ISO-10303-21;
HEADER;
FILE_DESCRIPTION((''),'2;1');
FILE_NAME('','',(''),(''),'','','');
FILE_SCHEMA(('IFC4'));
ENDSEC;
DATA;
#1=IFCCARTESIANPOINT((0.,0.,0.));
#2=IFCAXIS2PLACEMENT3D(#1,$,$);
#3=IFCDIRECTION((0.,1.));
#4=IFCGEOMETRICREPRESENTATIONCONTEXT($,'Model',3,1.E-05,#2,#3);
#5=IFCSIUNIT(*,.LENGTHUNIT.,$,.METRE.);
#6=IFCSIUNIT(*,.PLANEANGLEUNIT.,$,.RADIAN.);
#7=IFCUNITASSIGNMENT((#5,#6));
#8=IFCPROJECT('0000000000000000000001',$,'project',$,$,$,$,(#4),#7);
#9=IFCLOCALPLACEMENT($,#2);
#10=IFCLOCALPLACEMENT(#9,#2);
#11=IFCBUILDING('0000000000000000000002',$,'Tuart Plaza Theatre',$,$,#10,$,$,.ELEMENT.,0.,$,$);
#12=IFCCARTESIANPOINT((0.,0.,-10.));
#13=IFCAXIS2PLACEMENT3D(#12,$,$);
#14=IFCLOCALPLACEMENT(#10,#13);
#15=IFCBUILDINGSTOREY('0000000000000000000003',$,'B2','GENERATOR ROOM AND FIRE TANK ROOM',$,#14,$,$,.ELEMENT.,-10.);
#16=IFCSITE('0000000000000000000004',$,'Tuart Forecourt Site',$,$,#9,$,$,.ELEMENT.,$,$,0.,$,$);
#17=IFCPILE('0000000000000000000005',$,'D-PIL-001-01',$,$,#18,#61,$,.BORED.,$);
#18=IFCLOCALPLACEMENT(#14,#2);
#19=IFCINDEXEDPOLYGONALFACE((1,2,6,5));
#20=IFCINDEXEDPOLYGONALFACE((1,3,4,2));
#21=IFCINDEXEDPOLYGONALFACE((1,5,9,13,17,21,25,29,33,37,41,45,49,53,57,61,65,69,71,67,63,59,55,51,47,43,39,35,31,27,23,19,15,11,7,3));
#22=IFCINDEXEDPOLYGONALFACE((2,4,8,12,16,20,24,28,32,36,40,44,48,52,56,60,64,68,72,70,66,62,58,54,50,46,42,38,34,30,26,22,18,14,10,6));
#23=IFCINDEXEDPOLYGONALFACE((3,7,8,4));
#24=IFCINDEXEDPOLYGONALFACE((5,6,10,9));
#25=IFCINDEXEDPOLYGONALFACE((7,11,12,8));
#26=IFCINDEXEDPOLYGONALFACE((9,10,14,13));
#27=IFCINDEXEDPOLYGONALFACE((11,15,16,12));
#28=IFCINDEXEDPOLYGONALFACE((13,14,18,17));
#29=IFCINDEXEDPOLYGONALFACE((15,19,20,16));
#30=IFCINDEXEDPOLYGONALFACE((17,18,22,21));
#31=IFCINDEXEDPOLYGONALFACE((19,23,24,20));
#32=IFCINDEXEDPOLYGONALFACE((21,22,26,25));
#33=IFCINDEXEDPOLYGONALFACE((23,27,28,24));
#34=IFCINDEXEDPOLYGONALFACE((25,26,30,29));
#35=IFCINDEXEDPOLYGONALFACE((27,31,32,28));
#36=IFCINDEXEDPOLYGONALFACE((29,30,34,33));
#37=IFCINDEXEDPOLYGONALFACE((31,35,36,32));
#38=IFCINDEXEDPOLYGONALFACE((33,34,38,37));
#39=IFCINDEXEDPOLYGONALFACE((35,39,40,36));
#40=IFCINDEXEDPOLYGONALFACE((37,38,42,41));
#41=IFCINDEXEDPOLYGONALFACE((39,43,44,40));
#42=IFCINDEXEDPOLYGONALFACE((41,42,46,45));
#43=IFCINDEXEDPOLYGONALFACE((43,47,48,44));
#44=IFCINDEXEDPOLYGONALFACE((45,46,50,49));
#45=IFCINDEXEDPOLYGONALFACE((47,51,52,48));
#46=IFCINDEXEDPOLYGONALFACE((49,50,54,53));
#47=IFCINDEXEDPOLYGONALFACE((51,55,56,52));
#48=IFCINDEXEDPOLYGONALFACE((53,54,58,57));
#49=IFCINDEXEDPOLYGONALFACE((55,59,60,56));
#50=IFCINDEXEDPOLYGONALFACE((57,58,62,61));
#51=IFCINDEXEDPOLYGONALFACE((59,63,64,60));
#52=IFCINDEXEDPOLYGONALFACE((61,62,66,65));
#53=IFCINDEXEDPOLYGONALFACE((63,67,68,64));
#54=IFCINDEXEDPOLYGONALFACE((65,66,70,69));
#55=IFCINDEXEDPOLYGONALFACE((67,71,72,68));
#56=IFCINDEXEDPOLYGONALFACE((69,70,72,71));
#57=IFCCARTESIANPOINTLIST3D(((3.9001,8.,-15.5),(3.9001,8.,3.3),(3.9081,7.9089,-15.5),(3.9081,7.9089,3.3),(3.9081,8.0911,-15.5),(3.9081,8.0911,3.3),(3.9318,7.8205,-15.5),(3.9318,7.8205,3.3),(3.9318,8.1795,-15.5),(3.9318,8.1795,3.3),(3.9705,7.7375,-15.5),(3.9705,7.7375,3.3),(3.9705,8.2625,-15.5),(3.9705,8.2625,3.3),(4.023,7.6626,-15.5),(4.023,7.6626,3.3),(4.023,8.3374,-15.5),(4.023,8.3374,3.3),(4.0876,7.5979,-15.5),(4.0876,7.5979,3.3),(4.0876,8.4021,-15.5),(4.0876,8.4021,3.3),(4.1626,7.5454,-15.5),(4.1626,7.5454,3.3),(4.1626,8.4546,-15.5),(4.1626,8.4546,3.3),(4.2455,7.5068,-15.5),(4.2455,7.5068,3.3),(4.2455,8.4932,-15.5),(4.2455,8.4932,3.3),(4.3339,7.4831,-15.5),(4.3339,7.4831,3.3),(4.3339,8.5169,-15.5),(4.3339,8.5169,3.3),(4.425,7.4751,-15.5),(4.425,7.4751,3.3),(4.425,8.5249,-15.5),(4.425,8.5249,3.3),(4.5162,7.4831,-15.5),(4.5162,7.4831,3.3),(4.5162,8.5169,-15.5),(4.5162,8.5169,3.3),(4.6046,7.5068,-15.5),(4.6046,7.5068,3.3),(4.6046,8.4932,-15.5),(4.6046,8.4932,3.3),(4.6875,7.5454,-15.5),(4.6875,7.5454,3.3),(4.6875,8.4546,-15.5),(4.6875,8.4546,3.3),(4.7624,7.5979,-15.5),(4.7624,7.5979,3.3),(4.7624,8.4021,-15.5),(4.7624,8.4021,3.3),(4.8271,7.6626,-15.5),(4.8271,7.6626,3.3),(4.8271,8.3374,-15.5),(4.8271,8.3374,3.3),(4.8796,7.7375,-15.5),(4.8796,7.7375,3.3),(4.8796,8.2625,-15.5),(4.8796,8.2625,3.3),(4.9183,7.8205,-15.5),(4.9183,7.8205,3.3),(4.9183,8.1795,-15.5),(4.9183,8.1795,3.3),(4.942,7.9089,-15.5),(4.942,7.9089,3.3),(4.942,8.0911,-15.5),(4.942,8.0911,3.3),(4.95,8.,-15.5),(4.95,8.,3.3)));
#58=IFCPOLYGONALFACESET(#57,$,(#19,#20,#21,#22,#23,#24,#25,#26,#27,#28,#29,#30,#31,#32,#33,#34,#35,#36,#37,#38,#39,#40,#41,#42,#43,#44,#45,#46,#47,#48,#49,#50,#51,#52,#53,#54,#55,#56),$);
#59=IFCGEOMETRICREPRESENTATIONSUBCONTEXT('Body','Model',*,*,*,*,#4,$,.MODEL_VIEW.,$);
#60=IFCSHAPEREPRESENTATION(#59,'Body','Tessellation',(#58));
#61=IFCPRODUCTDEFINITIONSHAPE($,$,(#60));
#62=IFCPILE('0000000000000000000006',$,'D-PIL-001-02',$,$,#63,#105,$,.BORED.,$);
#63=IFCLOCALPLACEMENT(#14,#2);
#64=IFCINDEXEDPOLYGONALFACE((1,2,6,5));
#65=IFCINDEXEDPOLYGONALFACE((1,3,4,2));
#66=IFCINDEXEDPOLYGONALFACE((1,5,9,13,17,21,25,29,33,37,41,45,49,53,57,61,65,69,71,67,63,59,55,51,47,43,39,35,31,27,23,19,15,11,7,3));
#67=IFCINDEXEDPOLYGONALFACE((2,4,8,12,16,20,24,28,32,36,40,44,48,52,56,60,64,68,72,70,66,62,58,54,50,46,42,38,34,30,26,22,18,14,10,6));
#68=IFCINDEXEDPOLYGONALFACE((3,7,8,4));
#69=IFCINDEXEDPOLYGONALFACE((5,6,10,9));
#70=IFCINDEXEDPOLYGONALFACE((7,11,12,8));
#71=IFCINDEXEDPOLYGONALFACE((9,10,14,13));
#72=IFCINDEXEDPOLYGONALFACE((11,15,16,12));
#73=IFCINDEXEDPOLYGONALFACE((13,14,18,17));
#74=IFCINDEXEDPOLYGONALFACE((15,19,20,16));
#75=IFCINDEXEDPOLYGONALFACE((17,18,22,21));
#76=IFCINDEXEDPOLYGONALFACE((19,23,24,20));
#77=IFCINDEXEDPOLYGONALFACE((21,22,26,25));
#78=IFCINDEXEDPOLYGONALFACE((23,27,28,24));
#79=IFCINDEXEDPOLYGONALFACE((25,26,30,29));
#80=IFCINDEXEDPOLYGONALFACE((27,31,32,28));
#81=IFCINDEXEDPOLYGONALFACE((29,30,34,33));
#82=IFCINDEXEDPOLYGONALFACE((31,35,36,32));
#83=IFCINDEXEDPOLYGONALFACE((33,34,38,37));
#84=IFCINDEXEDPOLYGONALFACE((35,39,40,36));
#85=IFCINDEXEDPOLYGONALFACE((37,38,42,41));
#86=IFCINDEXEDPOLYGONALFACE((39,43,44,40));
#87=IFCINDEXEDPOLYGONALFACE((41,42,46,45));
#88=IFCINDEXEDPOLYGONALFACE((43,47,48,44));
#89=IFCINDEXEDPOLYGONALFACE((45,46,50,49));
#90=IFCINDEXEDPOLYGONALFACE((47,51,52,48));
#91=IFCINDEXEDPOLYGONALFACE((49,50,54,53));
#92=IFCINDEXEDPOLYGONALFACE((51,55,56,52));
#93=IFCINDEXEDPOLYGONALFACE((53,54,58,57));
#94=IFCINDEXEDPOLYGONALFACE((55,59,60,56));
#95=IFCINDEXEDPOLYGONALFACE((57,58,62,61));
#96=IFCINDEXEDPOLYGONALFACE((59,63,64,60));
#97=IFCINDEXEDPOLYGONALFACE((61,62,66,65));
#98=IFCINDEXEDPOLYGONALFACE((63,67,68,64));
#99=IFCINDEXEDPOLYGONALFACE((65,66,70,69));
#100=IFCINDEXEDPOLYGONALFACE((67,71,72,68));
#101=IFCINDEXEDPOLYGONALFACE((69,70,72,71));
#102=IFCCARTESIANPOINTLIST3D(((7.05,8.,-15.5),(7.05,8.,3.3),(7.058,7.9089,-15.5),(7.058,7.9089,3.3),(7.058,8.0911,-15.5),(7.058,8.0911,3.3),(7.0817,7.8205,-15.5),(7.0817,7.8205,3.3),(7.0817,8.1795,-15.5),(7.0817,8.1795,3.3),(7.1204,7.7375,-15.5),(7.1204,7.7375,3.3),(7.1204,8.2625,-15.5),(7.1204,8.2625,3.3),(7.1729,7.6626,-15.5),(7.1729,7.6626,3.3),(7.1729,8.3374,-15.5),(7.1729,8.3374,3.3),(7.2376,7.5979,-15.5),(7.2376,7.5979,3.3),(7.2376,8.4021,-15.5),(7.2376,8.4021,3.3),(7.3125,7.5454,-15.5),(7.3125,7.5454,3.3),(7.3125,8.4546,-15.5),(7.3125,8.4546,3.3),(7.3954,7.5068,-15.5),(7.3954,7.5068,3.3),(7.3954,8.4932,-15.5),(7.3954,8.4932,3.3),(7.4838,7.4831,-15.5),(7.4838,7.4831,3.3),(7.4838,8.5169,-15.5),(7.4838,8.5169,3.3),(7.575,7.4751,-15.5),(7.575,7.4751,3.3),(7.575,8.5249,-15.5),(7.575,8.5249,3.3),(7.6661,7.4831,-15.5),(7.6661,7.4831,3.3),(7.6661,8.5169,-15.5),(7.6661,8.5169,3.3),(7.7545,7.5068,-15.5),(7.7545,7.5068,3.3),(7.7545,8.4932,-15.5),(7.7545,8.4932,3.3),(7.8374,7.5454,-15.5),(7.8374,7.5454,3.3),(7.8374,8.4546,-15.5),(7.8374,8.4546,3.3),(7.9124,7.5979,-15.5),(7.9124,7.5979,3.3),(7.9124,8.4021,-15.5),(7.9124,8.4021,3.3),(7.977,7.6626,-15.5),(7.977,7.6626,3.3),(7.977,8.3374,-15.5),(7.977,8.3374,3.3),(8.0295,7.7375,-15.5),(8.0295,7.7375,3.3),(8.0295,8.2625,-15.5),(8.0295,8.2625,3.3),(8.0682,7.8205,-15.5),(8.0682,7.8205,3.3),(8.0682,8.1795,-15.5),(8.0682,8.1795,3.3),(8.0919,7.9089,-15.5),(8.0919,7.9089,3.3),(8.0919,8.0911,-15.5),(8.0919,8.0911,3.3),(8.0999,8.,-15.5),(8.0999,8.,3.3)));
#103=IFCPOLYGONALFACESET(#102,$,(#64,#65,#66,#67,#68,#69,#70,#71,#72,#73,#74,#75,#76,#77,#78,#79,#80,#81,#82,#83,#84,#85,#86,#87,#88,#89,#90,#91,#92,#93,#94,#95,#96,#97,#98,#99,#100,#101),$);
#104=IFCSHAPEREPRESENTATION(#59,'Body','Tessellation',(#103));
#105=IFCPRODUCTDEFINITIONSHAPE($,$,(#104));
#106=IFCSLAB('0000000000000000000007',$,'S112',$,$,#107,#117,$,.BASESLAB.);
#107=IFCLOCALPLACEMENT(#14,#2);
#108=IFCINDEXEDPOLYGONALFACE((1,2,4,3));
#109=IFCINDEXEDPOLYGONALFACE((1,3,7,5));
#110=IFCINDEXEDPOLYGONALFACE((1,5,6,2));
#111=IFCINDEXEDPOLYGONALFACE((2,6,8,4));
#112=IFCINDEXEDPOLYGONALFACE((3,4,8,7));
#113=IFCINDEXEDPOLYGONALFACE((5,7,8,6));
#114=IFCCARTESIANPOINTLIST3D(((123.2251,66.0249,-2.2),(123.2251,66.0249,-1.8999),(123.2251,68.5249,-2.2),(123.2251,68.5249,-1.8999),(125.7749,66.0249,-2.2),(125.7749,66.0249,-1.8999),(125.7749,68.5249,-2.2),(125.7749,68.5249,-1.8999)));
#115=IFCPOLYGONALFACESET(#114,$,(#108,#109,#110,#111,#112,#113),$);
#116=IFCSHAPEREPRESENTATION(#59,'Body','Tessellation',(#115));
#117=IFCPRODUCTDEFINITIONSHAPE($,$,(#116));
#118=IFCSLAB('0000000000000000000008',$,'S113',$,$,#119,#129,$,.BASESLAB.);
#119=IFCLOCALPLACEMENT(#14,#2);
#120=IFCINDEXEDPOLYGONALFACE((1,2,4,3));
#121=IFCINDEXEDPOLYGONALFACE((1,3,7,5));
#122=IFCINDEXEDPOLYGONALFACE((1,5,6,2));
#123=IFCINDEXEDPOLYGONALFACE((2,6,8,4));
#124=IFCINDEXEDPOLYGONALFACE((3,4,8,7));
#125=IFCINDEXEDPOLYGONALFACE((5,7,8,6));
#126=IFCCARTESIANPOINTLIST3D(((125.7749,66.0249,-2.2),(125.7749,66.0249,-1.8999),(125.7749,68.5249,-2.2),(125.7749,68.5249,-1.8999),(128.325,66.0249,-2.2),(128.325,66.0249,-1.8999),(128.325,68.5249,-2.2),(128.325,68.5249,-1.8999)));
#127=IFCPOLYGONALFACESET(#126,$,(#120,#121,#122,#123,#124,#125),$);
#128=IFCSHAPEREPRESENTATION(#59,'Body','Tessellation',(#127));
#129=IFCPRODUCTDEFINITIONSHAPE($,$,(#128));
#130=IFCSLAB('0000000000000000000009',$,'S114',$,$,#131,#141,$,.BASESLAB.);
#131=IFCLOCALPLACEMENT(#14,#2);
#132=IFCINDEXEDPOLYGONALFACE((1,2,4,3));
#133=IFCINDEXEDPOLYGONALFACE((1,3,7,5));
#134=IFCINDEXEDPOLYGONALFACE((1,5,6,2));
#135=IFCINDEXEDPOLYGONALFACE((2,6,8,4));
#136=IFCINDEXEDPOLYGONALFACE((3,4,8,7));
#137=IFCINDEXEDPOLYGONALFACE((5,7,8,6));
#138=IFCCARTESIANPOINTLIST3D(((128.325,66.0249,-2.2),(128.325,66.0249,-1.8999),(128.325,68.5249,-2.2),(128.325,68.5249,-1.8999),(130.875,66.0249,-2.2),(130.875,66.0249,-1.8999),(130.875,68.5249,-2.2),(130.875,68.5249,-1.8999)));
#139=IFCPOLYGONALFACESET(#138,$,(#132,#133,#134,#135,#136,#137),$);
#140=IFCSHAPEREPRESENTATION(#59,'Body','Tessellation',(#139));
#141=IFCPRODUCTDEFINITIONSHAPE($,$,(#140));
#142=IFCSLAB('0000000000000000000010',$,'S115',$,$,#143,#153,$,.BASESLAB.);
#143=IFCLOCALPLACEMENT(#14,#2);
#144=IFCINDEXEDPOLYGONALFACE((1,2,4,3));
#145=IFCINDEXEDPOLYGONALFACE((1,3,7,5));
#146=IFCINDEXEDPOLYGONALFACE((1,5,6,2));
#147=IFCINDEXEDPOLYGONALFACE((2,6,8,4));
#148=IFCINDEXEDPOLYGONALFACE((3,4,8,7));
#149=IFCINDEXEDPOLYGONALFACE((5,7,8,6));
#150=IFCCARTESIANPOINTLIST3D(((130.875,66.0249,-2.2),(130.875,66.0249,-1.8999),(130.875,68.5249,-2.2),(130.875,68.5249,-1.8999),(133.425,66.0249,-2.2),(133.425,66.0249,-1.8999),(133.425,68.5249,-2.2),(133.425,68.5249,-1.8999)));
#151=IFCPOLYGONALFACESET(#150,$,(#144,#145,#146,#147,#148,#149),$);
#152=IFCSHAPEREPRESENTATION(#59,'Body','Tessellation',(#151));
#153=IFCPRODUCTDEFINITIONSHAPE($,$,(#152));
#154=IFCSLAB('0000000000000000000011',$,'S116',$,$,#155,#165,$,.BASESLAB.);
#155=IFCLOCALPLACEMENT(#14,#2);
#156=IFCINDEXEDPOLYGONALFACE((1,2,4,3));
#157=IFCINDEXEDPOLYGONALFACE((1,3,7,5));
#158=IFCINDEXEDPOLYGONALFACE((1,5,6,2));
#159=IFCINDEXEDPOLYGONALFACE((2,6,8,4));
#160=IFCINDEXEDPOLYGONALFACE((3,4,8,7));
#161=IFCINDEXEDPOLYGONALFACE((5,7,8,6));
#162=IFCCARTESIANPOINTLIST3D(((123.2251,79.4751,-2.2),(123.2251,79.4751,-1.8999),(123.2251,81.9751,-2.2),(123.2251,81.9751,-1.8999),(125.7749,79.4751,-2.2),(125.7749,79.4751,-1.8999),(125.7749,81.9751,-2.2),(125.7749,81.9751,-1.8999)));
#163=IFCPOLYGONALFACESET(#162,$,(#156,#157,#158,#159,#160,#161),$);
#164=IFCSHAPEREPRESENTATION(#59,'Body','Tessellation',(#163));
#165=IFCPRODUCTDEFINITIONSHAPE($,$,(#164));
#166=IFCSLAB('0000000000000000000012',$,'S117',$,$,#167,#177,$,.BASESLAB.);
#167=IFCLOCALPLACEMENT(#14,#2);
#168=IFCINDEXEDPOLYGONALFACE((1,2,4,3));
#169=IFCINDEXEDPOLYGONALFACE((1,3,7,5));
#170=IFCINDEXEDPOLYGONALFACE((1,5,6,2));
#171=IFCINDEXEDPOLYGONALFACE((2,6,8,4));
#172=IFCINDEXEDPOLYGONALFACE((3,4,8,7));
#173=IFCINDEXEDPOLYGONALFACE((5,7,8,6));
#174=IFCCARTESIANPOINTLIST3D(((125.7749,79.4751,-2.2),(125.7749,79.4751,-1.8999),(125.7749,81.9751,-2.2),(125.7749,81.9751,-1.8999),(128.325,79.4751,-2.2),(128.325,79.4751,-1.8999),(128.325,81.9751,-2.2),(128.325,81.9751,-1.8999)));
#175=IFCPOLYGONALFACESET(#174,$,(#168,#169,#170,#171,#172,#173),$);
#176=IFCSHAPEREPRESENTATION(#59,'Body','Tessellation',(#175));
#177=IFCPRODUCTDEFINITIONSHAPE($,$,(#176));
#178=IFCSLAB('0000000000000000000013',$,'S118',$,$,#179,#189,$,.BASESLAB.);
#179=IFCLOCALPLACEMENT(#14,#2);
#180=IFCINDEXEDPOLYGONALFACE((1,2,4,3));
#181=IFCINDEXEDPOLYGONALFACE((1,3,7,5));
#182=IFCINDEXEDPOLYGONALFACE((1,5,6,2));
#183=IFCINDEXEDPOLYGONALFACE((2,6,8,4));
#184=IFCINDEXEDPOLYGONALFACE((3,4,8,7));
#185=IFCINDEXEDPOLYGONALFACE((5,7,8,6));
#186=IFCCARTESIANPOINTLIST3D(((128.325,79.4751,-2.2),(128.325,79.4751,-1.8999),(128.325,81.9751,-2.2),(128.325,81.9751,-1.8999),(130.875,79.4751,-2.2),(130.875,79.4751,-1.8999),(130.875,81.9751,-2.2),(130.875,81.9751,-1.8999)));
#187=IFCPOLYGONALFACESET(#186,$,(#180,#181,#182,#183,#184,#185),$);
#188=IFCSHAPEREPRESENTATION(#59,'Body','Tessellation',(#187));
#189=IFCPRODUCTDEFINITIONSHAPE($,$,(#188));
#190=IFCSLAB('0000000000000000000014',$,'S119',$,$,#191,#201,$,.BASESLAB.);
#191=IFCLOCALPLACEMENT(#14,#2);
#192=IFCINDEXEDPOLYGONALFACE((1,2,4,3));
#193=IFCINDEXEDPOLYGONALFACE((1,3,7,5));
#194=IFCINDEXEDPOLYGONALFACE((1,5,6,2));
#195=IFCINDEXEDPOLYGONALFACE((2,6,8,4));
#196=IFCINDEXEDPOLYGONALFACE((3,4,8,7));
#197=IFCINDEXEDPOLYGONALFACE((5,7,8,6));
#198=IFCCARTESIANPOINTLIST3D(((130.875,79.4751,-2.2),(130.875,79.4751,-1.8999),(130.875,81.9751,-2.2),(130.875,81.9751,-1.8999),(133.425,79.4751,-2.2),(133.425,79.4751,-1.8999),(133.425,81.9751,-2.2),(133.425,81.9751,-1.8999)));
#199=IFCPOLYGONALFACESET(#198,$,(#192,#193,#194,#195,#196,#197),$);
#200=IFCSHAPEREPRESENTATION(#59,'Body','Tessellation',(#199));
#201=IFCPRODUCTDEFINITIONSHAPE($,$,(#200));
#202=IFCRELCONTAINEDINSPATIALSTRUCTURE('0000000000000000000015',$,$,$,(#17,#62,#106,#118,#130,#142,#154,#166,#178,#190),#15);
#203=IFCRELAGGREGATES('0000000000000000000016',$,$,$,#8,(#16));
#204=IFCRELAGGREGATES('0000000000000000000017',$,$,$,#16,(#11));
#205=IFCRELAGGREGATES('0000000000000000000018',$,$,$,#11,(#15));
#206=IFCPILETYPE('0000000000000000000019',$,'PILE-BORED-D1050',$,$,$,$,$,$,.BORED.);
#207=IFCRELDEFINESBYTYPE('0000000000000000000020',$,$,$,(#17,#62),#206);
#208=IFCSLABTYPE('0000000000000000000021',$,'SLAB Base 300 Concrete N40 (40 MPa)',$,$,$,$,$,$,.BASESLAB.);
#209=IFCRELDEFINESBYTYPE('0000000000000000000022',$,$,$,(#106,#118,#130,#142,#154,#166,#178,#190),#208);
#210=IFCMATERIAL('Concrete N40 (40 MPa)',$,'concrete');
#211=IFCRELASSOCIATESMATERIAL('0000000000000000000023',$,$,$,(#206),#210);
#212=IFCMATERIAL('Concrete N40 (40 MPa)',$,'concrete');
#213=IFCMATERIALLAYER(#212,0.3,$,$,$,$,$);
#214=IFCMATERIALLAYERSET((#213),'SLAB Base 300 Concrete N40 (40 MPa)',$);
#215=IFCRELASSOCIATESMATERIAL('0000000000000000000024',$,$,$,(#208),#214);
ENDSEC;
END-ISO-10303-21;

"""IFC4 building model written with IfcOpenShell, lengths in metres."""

from ifc_helpers import new_model, si_unit, direction, frame, origin, origin_2d, place, context, subcontext, project, spatial, polyline, circle, outline, extrude, material, layer, layer_set, material_profile, profile_set, type_object, element, save


model = new_model("IFC4")

# Units and contexts
model_context = context("Model", 3, precision=1e-05, world=origin(), true_north=direction((0.0, 1.0)))
body_context = subcontext(model_context, "Body", "Model", "MODEL_VIEW")
ifc_project = project(units=[si_unit("LENGTHUNIT", "METRE"), si_unit("PLANEANGLEUNIT", "RADIAN")], contexts=[model_context])

# Site, building, storey
site_placement = place(None, origin())
site = spatial("IfcSite", under=ifc_project, at=site_placement, Name="Tuart Forecourt Site", CompositionType="ELEMENT", RefElevation=0.0)
building_placement = place(site_placement, origin())
building = spatial("IfcBuilding", under=site, at=building_placement, Name="Tuart Plaza Theatre", CompositionType="ELEMENT", ElevationOfRefHeight=0.0)
storey_placement = place(building_placement, frame((0.0, 0.0, -10.0)))
storey = spatial("IfcBuildingStorey", under=building, at=storey_placement, Name="B2", Description="GENERATOR ROOM AND FIRE TANK ROOM", CompositionType="ELEMENT", Elevation=-10.0)

# Piles
ifc_material_1 = material(Name="Concrete N40 (40 MPa)", Category="concrete")
ifc_material_profile = material_profile(ifc_material_1, circle(Radius=0.5249, at=origin_2d()), Name="PILE-BORED-D1050")
ifc_profile_set = profile_set([ifc_material_profile], Name="Concrete N40 (40 MPa)")
pile_type = type_object("IfcPileType", Name="PILE-BORED-D1050", PredefinedType="BORED", material=ifc_profile_set)
for number, where, z_axis, x_axis, name in (
    (1, (4.425, 8.0, 3.3), (0.0, 0.0, -1.0), (1.0, 0.0, 0.0), "D-PIL-001-01"),
    (2, (7.575, 8.0, 3.3), (0.0, 0.0, -1.0), (1.0, 0.0, 0.0), "D-PIL-001-02"),
):
    element("IfcPile", number, at=place(storey_placement, frame(where, z_axis=z_axis, x_axis=x_axis)), inside=storey, type_object=pile_type, Name=name, PredefinedType="BORED", context=body_context, shape_type="SweptSolid", body=[
        extrude(circle(Radius=0.5249, at=origin_2d()), origin(), (0.0, 0.0, 1.0), 18.8),
    ])

# Slabs
ifc_material_2 = material(Name="Concrete N40 (40 MPa)", Category="concrete")
ifc_layer_1 = layer(ifc_material_2, 0.3)
ifc_layer_set_1 = layer_set([ifc_layer_1], Name="SLAB Base 300 Concrete N40 (40 MPa)")
slab_type_1 = type_object("IfcSlabType", Name="SLAB Base 300 Concrete N40 (40 MPa)", PredefinedType="BASESLAB", material=ifc_layer_set_1)
slab_1_placement = place(storey_placement, frame((0.0, 0.0, -2.2)))
element("IfcSlab", 3, at=slab_1_placement, inside=storey, type_object=slab_type_1, Name="S112", PredefinedType="BASESLAB", context=body_context, shape_type="SweptSolid", body=[
    extrude(outline(polyline([(125.7749, 66.0249), (125.7749, 68.5249), (123.2251, 68.5249), (123.2251, 66.0249), (125.7749, 66.0249)])), origin(), (0.0, 0.0, 1.0), 0.3),
])
slab_2_placement = place(storey_placement, frame((0.0, 0.0, -2.2)))
element("IfcSlab", 4, at=slab_2_placement, inside=storey, type_object=slab_type_1, Name="S113", PredefinedType="BASESLAB", context=body_context, shape_type="SweptSolid", body=[
    extrude(outline(polyline([(128.325, 66.0249), (128.325, 68.5249), (125.7749, 68.5249), (125.7749, 66.0249), (128.325, 66.0249)])), origin(), (0.0, 0.0, 1.0), 0.3),
])
slab_3_placement = place(storey_placement, frame((0.0, 0.0, -2.2)))
element("IfcSlab", 5, at=slab_3_placement, inside=storey, type_object=slab_type_1, Name="S114", PredefinedType="BASESLAB", context=body_context, shape_type="SweptSolid", body=[
    extrude(outline(polyline([(130.875, 66.0249), (130.875, 68.5249), (128.325, 68.5249), (128.325, 66.0249), (130.875, 66.0249)])), origin(), (0.0, 0.0, 1.0), 0.3),
])
slab_4_placement = place(storey_placement, frame((0.0, 0.0, -2.2)))
element("IfcSlab", 6, at=slab_4_placement, inside=storey, type_object=slab_type_1, Name="S115", PredefinedType="BASESLAB", context=body_context, shape_type="SweptSolid", body=[
    extrude(outline(polyline([(133.425, 66.0249), (133.425, 68.5249), (130.875, 68.5249), (130.875, 66.0249), (133.425, 66.0249)])), origin(), (0.0, 0.0, 1.0), 0.3),
])
slab_5_placement = place(storey_placement, frame((0.0, 0.0, -2.2)))
element("IfcSlab", 7, at=slab_5_placement, inside=storey, type_object=slab_type_1, Name="S116", PredefinedType="BASESLAB", context=body_context, shape_type="SweptSolid", body=[
    extrude(outline(polyline([(125.7749, 79.4751), (125.7749, 81.9751), (123.2251, 81.9751), (123.2251, 79.4751), (125.7749, 79.4751)])), origin(), (0.0, 0.0, 1.0), 0.3),
])
slab_6_placement = place(storey_placement, frame((0.0, 0.0, -2.2)))
element("IfcSlab", 8, at=slab_6_placement, inside=storey, type_object=slab_type_1, Name="S117", PredefinedType="BASESLAB", context=body_context, shape_type="SweptSolid", body=[
    extrude(outline(polyline([(128.325, 79.4751), (128.325, 81.9751), (125.7749, 81.9751), (125.7749, 79.4751), (128.325, 79.4751)])), origin(), (0.0, 0.0, 1.0), 0.3),
])
slab_7_placement = place(storey_placement, frame((0.0, 0.0, -2.2)))
element("IfcSlab", 9, at=slab_7_placement, inside=storey, type_object=slab_type_1, Name="S118", PredefinedType="BASESLAB", context=body_context, shape_type="SweptSolid", body=[
    extrude(outline(polyline([(130.875, 79.4751), (130.875, 81.9751), (128.325, 81.9751), (128.325, 79.4751), (130.875, 79.4751)])), origin(), (0.0, 0.0, 1.0), 0.3),
])
slab_8_placement = place(storey_placement, frame((0.0, 0.0, -2.2)))
element("IfcSlab", 10, at=slab_8_placement, inside=storey, type_object=slab_type_1, Name="S119", PredefinedType="BASESLAB", context=body_context, shape_type="SweptSolid", body=[
    extrude(outline(polyline([(133.425, 79.4751), (133.425, 81.9751), (130.875, 81.9751), (130.875, 79.4751), (133.425, 79.4751)])), origin(), (0.0, 0.0, 1.0), 0.3),
])

save(model, "model.ifc")
